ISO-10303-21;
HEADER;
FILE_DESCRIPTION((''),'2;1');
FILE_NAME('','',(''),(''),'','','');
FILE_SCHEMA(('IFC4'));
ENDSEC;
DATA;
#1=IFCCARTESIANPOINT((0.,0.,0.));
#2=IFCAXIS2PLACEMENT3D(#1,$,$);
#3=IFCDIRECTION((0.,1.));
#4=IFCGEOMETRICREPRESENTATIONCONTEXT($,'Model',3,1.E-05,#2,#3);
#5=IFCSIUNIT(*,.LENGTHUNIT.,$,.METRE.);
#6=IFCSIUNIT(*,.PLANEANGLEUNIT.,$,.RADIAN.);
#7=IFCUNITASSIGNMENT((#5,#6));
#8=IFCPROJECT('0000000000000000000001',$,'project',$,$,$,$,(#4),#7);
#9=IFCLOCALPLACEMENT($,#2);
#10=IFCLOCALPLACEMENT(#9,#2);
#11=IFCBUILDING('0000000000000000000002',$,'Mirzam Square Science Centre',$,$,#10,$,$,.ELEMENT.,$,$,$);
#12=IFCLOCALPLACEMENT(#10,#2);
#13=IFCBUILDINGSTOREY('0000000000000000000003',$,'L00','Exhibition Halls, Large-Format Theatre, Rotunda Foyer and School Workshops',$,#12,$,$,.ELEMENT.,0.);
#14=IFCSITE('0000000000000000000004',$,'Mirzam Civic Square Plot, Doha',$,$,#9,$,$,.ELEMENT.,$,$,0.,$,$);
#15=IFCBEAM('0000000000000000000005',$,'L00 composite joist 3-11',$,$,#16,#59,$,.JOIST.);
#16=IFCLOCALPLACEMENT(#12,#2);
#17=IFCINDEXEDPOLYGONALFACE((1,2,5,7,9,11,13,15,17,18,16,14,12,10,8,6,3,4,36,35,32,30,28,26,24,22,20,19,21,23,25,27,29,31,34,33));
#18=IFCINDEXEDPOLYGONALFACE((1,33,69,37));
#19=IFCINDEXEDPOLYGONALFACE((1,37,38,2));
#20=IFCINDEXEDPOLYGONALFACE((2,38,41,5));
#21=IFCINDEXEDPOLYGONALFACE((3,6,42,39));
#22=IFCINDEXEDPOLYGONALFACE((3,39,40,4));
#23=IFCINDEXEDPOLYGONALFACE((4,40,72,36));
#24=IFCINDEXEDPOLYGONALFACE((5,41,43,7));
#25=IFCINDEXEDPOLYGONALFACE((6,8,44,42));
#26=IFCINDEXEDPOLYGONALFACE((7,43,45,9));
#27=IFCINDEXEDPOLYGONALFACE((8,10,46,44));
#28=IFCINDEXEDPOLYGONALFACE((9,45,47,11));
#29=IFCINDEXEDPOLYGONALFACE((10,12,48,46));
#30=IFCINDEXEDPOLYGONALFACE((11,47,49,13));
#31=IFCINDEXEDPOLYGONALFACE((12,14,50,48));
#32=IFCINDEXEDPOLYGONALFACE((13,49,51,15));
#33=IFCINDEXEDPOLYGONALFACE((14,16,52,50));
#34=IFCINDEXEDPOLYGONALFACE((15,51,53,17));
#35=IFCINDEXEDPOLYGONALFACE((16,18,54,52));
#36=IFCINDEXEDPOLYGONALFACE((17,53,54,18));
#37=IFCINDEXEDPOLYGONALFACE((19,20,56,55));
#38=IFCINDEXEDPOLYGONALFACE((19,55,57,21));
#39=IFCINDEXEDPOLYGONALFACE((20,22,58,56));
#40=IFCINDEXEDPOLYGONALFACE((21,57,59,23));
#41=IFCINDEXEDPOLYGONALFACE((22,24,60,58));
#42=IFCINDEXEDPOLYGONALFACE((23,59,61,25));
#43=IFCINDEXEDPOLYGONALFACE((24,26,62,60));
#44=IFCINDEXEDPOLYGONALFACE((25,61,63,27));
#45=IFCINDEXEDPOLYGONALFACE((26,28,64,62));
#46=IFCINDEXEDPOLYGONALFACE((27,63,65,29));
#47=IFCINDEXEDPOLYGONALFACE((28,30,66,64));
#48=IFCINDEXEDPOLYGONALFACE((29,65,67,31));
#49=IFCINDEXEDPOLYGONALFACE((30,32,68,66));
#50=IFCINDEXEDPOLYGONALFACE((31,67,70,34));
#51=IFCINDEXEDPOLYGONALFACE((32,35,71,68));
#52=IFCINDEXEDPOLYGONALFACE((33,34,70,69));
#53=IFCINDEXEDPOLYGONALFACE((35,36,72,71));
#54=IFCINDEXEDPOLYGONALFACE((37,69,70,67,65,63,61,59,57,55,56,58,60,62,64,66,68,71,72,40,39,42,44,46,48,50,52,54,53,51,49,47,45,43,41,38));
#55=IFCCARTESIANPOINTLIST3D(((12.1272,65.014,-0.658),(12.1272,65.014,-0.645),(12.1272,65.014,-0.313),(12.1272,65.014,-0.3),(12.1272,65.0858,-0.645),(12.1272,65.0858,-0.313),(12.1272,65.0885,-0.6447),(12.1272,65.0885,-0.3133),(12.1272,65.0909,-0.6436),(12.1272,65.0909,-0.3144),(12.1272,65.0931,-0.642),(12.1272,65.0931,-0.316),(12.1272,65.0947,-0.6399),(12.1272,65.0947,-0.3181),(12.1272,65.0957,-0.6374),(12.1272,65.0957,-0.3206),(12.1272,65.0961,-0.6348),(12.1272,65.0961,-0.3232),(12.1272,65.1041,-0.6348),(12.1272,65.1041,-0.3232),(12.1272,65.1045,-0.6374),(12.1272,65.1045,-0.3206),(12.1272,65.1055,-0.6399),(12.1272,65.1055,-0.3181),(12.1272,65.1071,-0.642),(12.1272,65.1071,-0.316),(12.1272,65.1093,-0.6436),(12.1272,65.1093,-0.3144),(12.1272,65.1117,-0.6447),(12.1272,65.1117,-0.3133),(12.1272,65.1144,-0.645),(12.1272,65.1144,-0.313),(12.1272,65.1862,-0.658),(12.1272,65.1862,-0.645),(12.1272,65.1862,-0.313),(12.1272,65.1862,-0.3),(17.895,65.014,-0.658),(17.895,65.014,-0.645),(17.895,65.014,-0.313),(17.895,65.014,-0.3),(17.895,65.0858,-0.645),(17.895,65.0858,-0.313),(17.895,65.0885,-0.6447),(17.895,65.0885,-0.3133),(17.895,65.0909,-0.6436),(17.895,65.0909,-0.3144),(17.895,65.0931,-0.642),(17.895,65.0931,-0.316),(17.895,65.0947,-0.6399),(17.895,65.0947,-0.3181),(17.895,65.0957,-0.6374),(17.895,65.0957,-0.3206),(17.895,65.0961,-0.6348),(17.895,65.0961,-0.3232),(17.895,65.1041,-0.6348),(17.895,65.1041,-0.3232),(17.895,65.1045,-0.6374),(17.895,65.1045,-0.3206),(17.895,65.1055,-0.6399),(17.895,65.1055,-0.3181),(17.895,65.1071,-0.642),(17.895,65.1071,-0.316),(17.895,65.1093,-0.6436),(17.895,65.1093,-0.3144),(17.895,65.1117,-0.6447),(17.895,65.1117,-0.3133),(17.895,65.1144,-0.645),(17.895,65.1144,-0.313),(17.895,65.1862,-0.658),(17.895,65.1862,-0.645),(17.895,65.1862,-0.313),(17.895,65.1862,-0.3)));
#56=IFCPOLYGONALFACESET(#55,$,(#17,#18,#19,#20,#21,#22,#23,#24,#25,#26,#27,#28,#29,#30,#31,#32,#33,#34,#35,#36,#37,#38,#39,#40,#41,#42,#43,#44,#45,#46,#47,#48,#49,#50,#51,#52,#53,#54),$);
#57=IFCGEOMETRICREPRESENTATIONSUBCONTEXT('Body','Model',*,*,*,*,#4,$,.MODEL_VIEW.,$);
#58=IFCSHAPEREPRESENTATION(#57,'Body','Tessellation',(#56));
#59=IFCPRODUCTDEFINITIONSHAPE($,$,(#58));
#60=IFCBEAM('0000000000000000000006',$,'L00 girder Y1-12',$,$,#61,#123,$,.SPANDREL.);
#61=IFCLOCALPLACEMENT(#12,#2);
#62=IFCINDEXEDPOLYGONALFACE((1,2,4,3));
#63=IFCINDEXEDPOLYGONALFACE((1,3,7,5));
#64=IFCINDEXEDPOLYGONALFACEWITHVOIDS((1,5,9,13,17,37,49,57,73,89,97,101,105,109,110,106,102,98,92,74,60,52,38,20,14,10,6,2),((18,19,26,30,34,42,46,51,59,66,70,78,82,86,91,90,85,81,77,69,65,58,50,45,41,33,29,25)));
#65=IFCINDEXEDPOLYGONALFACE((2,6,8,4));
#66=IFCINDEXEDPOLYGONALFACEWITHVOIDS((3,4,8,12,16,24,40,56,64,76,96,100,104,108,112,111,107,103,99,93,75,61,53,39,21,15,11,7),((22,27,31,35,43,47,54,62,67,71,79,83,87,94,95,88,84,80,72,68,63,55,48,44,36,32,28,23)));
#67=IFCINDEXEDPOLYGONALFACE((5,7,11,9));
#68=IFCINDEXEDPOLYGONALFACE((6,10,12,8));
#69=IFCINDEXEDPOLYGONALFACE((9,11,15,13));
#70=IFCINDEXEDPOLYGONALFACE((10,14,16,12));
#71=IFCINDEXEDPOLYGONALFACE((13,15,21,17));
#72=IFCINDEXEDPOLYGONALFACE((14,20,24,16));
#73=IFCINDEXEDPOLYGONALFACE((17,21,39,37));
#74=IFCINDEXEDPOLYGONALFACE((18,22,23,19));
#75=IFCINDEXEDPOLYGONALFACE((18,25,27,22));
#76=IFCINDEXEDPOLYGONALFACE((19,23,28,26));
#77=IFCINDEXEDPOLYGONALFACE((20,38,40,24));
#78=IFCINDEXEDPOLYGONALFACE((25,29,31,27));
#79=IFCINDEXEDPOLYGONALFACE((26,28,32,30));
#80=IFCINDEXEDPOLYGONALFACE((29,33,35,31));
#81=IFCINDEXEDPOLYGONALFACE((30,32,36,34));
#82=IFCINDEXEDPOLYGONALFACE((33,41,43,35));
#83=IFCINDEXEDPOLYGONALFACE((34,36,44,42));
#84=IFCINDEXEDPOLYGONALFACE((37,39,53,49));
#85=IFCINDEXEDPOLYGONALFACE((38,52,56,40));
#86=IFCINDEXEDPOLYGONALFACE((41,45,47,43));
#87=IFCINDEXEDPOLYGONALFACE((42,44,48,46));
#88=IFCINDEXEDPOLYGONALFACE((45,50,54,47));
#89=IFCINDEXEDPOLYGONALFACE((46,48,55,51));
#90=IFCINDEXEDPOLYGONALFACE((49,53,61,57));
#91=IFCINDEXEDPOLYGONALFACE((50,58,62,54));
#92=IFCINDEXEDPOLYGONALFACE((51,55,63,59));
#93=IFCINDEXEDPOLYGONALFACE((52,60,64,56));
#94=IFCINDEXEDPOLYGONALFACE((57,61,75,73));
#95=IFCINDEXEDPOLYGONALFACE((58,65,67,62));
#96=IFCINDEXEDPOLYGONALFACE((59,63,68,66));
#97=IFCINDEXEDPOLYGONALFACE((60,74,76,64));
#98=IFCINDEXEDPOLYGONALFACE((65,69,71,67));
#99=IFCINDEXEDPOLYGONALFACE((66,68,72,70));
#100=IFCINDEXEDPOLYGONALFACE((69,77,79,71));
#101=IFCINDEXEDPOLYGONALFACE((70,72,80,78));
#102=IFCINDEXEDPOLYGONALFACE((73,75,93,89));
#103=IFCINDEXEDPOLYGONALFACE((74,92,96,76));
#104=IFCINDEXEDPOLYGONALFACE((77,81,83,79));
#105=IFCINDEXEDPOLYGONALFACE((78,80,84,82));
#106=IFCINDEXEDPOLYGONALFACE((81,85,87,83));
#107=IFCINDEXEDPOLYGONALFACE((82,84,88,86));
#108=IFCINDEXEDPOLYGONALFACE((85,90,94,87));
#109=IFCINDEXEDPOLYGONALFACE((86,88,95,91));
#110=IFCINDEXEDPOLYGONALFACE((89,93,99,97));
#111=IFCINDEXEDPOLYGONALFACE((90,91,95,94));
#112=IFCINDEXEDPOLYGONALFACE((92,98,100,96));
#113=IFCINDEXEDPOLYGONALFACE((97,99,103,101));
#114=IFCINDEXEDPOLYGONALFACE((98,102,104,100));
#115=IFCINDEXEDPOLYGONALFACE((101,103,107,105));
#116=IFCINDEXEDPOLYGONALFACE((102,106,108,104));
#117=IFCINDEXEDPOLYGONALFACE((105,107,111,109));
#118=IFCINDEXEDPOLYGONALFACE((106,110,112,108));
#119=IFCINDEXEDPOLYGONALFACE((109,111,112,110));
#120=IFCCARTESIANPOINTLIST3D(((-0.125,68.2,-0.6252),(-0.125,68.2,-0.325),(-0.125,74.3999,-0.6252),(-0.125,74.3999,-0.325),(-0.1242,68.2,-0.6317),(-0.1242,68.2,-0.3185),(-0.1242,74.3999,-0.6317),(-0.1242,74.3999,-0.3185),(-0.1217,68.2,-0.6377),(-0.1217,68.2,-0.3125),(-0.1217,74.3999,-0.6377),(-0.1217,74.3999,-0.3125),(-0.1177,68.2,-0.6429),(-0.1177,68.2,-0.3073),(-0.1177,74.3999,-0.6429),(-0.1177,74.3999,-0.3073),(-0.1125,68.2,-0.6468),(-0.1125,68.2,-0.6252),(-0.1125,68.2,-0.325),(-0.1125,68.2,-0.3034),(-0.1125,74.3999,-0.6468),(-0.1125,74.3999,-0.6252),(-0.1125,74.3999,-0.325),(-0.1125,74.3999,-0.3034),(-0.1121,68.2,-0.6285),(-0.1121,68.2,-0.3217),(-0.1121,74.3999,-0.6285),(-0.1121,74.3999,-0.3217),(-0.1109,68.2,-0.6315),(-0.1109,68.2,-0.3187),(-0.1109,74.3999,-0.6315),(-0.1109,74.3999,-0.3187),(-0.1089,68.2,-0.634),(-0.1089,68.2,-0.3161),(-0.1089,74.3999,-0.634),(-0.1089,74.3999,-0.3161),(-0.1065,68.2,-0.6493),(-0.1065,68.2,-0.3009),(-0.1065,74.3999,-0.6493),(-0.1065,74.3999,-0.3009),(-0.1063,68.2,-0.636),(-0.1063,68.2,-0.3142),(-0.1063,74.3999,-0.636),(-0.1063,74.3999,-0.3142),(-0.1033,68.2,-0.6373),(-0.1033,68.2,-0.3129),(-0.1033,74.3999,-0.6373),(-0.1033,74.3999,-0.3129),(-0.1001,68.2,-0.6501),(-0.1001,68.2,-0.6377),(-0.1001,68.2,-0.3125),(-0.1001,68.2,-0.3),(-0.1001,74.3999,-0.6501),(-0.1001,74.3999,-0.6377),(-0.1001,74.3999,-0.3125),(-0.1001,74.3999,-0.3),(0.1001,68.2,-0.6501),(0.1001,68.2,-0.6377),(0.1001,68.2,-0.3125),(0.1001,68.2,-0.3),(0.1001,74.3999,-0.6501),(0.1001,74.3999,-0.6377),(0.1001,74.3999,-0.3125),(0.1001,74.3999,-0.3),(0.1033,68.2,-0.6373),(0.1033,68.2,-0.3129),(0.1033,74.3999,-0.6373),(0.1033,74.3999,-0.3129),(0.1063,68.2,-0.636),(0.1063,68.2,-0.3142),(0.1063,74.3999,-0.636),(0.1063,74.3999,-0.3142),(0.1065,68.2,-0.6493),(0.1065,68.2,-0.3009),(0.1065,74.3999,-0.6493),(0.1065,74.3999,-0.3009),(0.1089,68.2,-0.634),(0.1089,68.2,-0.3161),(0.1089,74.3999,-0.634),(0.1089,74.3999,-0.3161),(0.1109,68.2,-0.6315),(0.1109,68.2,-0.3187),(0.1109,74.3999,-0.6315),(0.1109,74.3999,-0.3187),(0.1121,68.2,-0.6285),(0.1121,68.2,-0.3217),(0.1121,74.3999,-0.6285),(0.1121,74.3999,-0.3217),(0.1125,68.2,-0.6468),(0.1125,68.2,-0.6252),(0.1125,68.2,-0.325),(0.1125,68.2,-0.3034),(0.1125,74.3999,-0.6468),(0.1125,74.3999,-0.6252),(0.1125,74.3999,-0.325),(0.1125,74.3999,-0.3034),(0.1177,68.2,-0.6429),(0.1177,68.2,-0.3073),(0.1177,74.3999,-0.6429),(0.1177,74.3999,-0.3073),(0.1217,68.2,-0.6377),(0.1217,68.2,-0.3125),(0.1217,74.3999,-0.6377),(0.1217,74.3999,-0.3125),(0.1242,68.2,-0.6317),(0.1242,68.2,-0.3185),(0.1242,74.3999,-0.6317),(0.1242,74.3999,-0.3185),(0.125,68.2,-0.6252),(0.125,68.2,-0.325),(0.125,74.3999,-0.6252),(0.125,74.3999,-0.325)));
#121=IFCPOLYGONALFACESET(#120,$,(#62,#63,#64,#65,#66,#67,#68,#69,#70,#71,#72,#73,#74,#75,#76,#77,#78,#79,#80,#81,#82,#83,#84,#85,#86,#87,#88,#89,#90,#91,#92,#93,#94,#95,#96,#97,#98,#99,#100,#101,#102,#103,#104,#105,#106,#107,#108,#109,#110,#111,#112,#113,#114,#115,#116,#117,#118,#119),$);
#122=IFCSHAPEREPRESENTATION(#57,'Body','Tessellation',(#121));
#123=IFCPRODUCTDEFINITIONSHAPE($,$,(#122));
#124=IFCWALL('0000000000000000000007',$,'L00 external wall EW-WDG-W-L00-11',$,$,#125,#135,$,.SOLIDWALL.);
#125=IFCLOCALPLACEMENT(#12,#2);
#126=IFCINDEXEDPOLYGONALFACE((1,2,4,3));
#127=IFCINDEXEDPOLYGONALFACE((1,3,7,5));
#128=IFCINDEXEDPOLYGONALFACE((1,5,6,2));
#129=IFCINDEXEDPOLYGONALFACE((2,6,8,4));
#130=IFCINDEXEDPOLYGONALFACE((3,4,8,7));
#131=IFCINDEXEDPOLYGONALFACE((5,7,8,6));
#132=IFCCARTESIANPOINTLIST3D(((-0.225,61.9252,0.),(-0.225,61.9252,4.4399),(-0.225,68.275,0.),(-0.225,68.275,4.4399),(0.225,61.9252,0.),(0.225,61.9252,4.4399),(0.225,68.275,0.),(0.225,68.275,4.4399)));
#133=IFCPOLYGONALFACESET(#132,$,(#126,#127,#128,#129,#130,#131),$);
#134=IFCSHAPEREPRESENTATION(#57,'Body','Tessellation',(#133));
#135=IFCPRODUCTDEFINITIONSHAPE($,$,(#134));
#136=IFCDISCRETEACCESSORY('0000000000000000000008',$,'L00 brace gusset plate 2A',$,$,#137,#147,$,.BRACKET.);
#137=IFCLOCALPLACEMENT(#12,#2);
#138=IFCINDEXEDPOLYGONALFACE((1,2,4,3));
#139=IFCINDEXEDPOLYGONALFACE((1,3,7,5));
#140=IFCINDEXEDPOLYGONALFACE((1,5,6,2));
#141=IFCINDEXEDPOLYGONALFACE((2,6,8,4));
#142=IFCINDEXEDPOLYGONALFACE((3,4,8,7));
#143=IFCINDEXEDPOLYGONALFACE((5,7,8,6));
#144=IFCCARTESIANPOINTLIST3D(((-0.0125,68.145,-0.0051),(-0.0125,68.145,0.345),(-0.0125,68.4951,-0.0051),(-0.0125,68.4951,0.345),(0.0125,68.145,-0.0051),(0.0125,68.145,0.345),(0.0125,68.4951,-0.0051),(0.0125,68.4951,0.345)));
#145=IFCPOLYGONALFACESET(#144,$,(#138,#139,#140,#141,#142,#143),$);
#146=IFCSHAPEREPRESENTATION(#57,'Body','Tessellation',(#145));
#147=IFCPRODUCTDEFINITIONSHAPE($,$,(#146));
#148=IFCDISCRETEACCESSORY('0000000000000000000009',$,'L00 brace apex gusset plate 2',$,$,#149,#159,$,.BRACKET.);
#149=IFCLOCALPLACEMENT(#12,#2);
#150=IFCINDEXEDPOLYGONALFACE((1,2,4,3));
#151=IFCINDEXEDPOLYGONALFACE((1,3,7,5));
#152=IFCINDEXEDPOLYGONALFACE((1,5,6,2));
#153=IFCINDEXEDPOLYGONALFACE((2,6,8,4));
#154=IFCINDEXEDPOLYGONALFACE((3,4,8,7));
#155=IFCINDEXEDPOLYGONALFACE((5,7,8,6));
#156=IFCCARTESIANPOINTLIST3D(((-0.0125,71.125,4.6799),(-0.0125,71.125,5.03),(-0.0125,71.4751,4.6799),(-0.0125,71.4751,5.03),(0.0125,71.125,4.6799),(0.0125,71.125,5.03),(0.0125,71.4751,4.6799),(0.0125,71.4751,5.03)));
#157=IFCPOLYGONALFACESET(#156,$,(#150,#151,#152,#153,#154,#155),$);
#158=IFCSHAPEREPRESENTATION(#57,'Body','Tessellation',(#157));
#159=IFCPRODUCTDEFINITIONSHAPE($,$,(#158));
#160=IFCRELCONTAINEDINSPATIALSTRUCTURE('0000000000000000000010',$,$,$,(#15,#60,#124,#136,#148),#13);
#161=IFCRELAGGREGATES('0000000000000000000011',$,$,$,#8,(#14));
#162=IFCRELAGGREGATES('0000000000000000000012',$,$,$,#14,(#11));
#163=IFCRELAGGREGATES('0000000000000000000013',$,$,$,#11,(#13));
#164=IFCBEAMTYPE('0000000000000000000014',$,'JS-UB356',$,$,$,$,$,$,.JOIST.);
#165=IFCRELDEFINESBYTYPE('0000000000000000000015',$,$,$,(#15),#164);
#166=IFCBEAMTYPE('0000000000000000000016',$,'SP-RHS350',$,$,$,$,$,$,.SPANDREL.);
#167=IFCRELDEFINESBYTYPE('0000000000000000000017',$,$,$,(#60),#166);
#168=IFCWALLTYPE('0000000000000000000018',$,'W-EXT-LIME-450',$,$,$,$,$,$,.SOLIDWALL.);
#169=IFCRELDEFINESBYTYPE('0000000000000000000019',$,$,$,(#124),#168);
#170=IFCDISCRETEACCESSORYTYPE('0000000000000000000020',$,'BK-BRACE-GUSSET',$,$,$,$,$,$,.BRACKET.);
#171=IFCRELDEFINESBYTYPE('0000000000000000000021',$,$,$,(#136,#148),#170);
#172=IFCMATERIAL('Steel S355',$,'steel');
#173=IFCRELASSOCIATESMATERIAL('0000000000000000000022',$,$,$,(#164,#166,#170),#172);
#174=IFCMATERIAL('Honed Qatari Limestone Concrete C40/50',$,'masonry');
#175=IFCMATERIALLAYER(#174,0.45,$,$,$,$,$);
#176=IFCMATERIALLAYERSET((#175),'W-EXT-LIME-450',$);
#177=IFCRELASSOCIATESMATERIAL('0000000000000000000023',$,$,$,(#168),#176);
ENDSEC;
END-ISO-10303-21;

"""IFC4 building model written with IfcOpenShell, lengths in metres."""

from ifc_helpers import new_model, si_unit, direction, frame, frame_2d, origin, origin_2d, place, context, subcontext, project, spatial, rectangle, hollow_rectangle, i_section, extrude, material, layer, layer_set, material_profile, profile_set, type_object, element, save


model = new_model("IFC4")

# Units and contexts
model_context = context("Model", 3, precision=1e-05, world=origin(), true_north=direction((0.0, 1.0)))
body_context = subcontext(model_context, "Body", "Model", "MODEL_VIEW")
ifc_project = project(units=[si_unit("LENGTHUNIT", "METRE"), si_unit("PLANEANGLEUNIT", "RADIAN")], contexts=[model_context])

# Site, building, storey
site_placement = place(None, origin())
site = spatial("IfcSite", under=ifc_project, at=site_placement, Name="Mirzam Civic Square Plot, Doha", CompositionType="ELEMENT", RefElevation=0.0)
building_placement = place(site_placement, origin())
building = spatial("IfcBuilding", under=site, at=building_placement, Name="Mirzam Square Science Centre", CompositionType="ELEMENT")
storey_placement = place(building_placement, origin())
storey = spatial("IfcBuildingStorey", under=building, at=storey_placement, Name="L00", Description="Exhibition Halls, Large-Format Theatre, Rotunda Foyer and School Workshops", CompositionType="ELEMENT", Elevation=0.0)

# Shared definitions
ifc_material_1 = material(Name="Steel S355", Category="steel")

# Beams
ifc_material_profile_1 = material_profile(ifc_material_1, i_section(OverallWidth=0.1721, OverallDepth=0.3579, WebThickness=0.0081, FlangeThickness=0.0129, FilletRadius=0.0103, at=origin_2d()), Name="356x171x57UB")
ifc_profile_set_1 = profile_set([ifc_material_profile_1], Name="Steel S355")
beam_type_1 = type_object("IfcBeamType", Name="JS-UB356", PredefinedType="JOIST", material=ifc_profile_set_1)
for number, where, z_axis, x_axis, name in (
    (1, (12.1272, 65.1001, -0.479), (1.0, 0.0, 0.0), (0.0, 1.0, 0.0), "L00 composite joist 3-11"),
):
    element("IfcBeam", number, at=place(storey_placement, frame(where, z_axis=z_axis, x_axis=x_axis)), inside=storey, type_object=beam_type_1, Name=name, PredefinedType="JOIST", context=body_context, shape_type="SweptSolid", body=[
        extrude(i_section(OverallWidth=0.1721, OverallDepth=0.3579, WebThickness=0.0081, FlangeThickness=0.0129, FilletRadius=0.0103, at=origin_2d()), origin(), (0.0, 0.0, 1.0), 5.7678),
    ])
ifc_material_profile_2 = material_profile(ifc_material_1, hollow_rectangle(XDim=0.25, YDim=0.3501, WallThickness=0.0125, InnerFilletRadius=0.0125, OuterFilletRadius=0.0249, at=origin_2d()), Name="350x250x12.5RHS")
ifc_profile_set_2 = profile_set([ifc_material_profile_2], Name="Steel S355")
beam_type_2 = type_object("IfcBeamType", Name="SP-RHS350", PredefinedType="SPANDREL", material=ifc_profile_set_2)
beam_1_placement = place(storey_placement, frame((0.0, 68.2, -0.4751), z_axis=(0.0, 1.0, 0.0), x_axis=(-1.0, 0.0, 0.0)))
element("IfcBeam", 2, at=beam_1_placement, inside=storey, type_object=beam_type_2, Name="L00 girder Y1-12", PredefinedType="SPANDREL", context=body_context, shape_type="SweptSolid", body=[
    extrude(hollow_rectangle(XDim=0.25, YDim=0.3501, WallThickness=0.0125, InnerFilletRadius=0.0125, OuterFilletRadius=0.0249, at=origin_2d()), origin(), (0.0, 0.0, 1.0), 6.2),
])

# Wall
ifc_material_2 = material(Name="Honed Qatari Limestone Concrete C40/50", Category="masonry")
ifc_layer_1 = layer(ifc_material_2, 0.45)
ifc_layer_set_1 = layer_set([ifc_layer_1], Name="W-EXT-LIME-450")
wall_type_1 = type_object("IfcWallType", Name="W-EXT-LIME-450", PredefinedType="SOLIDWALL", material=ifc_layer_set_1)
wall_1_placement = place(storey_placement, frame((0.0, 68.2749, 0.0), z_axis=(0.0, 0.0, 1.0), x_axis=(0.0, -1.0, 0.0)))
element("IfcWall", 3, at=wall_1_placement, inside=storey, type_object=wall_type_1, Name="L00 external wall EW-WDG-W-L00-11", PredefinedType="SOLIDWALL", context=body_context, shape_type="SweptSolid", body=[
    extrude(rectangle(XDim=6.3499, YDim=0.45, at=frame_2d((3.1748, 0.0))), origin(), (0.0, 0.0, 1.0), 4.4399),
])

# Discrete accessories
discrete_accessory_type = type_object("IfcDiscreteAccessoryType", Name="BK-BRACE-GUSSET", PredefinedType="BRACKET", material=ifc_material_1)
for number, where, z_axis, x_axis, name in (
    (4, (0.0, 68.3201, -0.0051), (0.0, 0.0, 1.0), (0.0, 1.0, 0.0), "L00 brace gusset plate 2A"),
    (5, (0.0, 71.3, 4.6799), (0.0, 0.0, 1.0), (0.0, 1.0, 0.0), "L00 brace apex gusset plate 2"),
):
    element("IfcDiscreteAccessory", number, at=place(storey_placement, frame(where, z_axis=z_axis, x_axis=x_axis)), inside=storey, type_object=discrete_accessory_type, Name=name, PredefinedType="BRACKET", context=body_context, shape_type="SweptSolid", body=[
        extrude(rectangle(XDim=0.3501, YDim=0.0249, at=origin_2d()), origin(), (0.0, 0.0, 1.0), 0.3501),
    ])

save(model, "model.ifc")
